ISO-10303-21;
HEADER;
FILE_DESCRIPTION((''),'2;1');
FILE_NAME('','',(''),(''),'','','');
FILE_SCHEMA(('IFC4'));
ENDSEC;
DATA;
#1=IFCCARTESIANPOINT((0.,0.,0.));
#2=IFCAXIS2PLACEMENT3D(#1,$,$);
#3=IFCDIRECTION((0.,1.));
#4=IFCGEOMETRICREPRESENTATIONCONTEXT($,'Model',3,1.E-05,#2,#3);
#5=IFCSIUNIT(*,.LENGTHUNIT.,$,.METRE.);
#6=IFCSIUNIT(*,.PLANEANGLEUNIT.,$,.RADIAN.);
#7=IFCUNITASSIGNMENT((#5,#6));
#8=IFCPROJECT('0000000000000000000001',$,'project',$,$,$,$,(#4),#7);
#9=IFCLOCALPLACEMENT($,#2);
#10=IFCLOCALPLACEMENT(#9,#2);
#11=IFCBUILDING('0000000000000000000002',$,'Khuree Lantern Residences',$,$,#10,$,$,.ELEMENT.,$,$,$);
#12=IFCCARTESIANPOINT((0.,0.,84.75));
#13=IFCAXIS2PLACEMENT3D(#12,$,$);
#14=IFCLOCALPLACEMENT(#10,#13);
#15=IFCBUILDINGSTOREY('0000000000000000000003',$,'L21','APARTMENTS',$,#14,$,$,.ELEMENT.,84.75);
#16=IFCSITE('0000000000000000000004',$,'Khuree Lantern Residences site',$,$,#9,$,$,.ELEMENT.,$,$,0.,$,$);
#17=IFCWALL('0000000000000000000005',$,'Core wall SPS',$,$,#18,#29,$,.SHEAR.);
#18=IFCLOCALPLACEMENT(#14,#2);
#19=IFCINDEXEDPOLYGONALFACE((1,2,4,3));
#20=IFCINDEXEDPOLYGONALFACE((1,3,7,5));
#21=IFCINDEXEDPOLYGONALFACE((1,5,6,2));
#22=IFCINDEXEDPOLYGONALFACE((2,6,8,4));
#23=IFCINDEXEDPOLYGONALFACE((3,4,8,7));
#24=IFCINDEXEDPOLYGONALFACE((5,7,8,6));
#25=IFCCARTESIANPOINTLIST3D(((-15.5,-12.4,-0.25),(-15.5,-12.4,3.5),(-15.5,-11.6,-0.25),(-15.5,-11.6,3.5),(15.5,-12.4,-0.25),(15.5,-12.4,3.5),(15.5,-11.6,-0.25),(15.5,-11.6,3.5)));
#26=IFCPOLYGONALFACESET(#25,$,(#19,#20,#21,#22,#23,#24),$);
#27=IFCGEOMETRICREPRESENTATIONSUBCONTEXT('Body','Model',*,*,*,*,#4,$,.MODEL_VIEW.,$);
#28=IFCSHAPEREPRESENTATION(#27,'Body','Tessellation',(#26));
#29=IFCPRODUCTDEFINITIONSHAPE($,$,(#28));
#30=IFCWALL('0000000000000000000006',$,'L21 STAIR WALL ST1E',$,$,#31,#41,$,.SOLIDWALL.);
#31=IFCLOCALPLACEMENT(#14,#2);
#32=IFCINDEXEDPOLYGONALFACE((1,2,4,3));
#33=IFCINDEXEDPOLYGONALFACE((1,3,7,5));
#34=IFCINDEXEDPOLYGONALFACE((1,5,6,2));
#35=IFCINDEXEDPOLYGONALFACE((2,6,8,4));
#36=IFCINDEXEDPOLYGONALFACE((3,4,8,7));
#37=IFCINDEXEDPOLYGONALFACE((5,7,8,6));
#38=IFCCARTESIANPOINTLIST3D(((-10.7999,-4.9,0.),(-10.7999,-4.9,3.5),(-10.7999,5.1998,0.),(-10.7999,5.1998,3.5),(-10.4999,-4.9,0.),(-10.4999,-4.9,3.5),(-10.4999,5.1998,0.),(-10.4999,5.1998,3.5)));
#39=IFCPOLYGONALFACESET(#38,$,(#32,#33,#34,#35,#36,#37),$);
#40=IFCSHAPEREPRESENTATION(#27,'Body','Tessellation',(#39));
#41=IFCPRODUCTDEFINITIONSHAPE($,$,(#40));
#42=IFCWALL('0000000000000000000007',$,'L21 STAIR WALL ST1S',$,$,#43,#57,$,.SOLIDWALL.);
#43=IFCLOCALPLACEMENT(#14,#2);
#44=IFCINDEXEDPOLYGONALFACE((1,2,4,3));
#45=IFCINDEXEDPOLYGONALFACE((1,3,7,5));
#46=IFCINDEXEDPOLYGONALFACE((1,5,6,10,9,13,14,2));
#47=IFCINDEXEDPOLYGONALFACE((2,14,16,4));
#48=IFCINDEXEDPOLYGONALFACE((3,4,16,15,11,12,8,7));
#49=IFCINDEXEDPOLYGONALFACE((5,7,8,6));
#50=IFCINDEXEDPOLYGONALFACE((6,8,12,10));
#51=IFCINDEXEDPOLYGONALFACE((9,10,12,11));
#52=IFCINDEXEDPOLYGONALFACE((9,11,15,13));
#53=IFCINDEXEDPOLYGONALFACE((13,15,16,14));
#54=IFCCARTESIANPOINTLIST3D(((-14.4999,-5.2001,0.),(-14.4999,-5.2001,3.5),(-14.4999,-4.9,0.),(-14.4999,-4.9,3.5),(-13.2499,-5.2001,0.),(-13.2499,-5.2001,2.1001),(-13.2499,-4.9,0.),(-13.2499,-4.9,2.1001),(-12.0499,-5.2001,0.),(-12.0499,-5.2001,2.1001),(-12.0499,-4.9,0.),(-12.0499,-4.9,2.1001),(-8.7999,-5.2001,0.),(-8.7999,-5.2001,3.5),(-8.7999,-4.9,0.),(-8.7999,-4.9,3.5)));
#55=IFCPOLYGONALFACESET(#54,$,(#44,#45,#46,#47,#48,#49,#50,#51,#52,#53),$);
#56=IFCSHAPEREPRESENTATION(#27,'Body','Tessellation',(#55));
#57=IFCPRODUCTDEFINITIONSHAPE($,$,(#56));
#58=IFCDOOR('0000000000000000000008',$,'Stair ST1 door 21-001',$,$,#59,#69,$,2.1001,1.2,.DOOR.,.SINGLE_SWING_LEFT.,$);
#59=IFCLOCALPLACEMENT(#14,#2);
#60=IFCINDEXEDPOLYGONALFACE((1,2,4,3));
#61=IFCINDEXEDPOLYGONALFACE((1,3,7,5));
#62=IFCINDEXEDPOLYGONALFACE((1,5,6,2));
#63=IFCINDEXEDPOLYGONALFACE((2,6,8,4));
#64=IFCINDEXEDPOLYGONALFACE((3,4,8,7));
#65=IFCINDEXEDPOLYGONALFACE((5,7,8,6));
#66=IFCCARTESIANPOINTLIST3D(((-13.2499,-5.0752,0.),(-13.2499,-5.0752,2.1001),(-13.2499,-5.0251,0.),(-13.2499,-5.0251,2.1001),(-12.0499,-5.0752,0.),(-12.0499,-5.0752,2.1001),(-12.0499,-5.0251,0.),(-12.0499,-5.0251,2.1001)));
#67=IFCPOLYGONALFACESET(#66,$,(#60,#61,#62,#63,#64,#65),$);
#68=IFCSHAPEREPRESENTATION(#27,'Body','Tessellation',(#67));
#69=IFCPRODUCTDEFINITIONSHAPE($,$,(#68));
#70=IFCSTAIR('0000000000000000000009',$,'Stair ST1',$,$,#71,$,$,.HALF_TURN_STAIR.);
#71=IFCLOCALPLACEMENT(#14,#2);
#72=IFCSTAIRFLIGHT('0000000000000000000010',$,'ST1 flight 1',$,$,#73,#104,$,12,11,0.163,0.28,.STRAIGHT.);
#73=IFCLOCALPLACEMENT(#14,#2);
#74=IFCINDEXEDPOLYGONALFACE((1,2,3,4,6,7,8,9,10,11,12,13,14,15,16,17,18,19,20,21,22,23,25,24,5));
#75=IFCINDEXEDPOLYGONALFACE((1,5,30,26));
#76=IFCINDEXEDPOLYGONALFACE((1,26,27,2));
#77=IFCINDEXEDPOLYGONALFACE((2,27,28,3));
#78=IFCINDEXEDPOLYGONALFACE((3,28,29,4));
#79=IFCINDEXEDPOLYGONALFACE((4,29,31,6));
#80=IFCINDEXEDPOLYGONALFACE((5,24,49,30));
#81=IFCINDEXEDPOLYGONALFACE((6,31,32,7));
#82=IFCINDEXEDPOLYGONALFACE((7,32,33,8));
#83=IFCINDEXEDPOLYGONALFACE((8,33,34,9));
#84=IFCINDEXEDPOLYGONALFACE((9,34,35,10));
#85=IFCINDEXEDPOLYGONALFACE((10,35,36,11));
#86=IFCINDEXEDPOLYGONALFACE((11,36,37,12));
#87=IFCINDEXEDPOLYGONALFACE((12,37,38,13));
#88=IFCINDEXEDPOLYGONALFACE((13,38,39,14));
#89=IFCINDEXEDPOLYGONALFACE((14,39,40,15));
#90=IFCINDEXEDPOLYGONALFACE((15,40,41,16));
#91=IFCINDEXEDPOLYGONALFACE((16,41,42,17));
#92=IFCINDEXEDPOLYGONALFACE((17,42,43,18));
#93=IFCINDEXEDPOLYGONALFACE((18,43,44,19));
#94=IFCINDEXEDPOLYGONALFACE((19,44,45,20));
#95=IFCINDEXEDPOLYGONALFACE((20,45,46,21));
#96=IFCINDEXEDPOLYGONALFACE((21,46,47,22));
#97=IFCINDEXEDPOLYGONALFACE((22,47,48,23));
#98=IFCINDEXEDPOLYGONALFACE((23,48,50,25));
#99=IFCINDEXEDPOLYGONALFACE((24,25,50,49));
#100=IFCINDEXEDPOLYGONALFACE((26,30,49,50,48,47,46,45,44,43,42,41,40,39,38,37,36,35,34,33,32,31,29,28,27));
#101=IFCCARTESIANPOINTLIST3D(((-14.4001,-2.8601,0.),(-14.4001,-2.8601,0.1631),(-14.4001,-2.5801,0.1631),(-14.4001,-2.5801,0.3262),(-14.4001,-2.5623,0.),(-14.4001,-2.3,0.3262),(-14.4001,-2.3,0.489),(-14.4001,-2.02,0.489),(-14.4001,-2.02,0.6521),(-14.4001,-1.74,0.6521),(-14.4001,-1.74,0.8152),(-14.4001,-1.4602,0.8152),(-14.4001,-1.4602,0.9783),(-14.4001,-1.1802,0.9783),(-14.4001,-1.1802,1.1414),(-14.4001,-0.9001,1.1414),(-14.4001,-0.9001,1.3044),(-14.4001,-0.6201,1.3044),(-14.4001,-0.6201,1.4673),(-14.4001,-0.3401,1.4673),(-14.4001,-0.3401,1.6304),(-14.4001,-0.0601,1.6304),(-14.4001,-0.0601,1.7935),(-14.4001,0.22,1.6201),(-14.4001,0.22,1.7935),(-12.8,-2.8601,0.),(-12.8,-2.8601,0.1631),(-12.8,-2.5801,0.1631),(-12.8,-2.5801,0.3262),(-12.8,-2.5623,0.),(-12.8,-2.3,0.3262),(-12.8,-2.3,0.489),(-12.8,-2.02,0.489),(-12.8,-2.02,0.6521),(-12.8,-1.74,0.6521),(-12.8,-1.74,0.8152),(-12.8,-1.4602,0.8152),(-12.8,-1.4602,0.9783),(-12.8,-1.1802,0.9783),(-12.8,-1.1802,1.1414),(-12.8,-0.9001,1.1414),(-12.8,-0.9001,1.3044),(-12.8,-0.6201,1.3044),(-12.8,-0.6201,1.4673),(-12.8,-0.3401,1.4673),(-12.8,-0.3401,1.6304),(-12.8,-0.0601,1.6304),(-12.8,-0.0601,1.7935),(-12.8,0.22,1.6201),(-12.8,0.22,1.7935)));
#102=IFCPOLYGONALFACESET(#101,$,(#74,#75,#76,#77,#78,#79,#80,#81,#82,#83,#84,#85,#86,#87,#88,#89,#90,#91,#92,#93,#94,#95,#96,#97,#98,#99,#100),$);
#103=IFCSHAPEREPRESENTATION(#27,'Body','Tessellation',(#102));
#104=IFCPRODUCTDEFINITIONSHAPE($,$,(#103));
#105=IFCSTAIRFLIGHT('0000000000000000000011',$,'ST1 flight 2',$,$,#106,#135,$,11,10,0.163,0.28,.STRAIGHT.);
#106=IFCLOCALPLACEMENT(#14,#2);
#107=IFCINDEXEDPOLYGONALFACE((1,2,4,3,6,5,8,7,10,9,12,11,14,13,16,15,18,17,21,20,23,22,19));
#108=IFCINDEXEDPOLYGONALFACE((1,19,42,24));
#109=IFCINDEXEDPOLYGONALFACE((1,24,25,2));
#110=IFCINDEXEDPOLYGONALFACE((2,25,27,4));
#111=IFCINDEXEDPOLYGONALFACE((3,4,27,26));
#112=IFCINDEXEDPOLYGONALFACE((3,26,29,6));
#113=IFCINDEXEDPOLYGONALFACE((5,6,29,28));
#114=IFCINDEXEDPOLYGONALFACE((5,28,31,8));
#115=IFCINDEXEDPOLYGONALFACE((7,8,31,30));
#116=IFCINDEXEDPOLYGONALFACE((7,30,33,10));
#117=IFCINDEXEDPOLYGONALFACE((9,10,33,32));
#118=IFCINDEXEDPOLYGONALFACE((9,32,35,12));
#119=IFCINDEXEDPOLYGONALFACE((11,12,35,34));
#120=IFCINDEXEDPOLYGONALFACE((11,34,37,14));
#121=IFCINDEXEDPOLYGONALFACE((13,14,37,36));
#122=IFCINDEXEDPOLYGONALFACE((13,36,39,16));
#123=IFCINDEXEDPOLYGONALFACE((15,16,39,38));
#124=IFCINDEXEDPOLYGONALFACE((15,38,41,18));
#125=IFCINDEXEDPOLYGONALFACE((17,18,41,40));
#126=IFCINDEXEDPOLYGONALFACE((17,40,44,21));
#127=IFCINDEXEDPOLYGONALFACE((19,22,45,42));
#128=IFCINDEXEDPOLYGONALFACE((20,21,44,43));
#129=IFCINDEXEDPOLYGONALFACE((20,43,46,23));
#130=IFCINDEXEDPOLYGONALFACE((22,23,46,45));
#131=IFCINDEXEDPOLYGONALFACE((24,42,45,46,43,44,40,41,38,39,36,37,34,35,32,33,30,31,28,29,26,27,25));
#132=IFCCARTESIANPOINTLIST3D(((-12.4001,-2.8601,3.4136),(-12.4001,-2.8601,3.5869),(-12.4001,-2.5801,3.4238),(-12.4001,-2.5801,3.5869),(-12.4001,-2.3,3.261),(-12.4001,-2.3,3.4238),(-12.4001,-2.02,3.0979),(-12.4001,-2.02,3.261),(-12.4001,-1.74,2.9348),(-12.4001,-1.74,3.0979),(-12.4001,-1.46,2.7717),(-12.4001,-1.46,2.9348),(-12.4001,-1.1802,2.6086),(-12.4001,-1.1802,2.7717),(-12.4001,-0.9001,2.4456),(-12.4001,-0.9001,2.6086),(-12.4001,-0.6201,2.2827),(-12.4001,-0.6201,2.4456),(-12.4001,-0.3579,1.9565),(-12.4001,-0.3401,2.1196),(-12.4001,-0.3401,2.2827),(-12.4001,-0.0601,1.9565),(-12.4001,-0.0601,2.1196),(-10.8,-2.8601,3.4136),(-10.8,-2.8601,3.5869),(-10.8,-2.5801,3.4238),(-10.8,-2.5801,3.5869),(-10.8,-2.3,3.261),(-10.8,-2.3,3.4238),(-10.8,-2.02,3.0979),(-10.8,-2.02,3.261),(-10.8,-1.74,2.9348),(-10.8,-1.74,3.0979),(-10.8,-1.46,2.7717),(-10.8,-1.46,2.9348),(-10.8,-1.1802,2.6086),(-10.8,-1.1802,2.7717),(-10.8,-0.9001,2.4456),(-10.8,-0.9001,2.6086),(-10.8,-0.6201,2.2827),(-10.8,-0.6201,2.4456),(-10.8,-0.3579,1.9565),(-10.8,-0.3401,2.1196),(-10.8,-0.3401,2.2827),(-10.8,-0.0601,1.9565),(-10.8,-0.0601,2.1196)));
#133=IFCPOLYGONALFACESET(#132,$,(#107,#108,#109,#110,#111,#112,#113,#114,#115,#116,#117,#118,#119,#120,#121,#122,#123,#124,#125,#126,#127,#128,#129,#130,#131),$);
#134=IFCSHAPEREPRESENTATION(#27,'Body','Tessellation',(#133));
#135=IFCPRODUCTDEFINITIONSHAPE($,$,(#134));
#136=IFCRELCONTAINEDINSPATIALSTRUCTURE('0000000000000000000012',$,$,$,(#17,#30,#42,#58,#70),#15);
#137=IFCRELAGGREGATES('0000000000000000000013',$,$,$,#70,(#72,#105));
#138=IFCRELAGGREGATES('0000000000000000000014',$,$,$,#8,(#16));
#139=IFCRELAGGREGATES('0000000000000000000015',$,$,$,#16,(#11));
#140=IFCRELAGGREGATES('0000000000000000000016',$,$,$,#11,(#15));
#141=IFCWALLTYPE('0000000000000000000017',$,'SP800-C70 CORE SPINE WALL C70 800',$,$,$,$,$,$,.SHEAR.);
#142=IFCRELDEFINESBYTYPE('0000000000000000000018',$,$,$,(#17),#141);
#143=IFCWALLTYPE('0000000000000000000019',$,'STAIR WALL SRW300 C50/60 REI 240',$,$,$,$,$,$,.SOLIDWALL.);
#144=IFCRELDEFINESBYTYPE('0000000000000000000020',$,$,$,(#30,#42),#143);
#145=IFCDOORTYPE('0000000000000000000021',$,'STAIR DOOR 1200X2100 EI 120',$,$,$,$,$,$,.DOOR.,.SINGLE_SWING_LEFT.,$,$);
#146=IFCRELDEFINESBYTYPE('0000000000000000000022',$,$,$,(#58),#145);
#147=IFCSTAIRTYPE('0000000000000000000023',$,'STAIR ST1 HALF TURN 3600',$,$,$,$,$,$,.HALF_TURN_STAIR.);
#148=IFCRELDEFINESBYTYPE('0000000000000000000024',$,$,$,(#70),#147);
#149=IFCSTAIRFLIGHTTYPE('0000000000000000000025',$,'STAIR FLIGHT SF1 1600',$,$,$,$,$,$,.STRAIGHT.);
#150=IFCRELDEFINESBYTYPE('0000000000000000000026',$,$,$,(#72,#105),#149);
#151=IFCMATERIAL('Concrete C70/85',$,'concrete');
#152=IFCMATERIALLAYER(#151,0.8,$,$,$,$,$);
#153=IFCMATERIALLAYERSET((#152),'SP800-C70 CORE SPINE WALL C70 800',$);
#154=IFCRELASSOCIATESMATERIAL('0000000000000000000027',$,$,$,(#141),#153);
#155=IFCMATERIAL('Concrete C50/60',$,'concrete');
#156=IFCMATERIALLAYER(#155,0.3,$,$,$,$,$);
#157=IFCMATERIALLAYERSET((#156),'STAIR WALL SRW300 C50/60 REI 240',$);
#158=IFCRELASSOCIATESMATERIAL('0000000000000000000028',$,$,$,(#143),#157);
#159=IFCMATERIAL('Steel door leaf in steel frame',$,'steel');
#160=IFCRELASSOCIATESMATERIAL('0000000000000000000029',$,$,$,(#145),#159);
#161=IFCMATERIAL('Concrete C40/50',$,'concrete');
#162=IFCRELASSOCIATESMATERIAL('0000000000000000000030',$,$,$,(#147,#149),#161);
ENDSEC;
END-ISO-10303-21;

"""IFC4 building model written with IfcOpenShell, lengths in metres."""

from ifc_helpers import new_model, si_unit, direction, frame, frame_2d, origin, place, context, subcontext, project, spatial, polyline, rectangle, outline, extrude, material, layer, layer_set, type_object, element, fill, aggregate, save


model = new_model("IFC4")

# Units and contexts
model_context = context("Model", 3, precision=1e-05, world=origin(), true_north=direction((0.0, 1.0)))
body_context = subcontext(model_context, "Body", "Model", "MODEL_VIEW")
ifc_project = project(units=[si_unit("LENGTHUNIT", "METRE"), si_unit("PLANEANGLEUNIT", "RADIAN")], contexts=[model_context])

# Site, building, storey
site_placement = place(None, origin())
site = spatial("IfcSite", under=ifc_project, at=site_placement, Name="Khuree Lantern Residences site", CompositionType="ELEMENT", RefElevation=0.0)
building_placement = place(site_placement, origin())
building = spatial("IfcBuilding", under=site, at=building_placement, Name="Khuree Lantern Residences", CompositionType="ELEMENT")
storey_placement = place(building_placement, frame((0.0, 0.0, 84.75)))
storey = spatial("IfcBuildingStorey", under=building, at=storey_placement, Name="L21", Description="APARTMENTS", CompositionType="ELEMENT", Elevation=84.75)

# Shared definitions
ifc_material_1 = material(Name="Concrete C70/85", Category="concrete")

# Shared definitions
ifc_material_2 = material(Name="Steel door leaf in steel frame", Category="steel")

# Walls
ifc_layer_1 = layer(ifc_material_1, 0.8)
ifc_layer_set_1 = layer_set([ifc_layer_1], Name="SP800-C70 CORE SPINE WALL C70 800")
wall_type_1 = type_object("IfcWallType", Name="SP800-C70 CORE SPINE WALL C70 800", PredefinedType="SHEAR", material=ifc_layer_set_1)
wall_1_placement = place(storey_placement, frame((-15.5, -12.0, -0.25), z_axis=(0.0, 0.0, 1.0), x_axis=(1.0, 0.0, 0.0)))
element("IfcWall", 1, at=wall_1_placement, inside=storey, type_object=wall_type_1, Name="Core wall SPS", PredefinedType="SHEAR", context=body_context, shape_type="SweptSolid", body=[
    extrude(rectangle(XDim=31.0, YDim=0.8, at=frame_2d((15.5, 0.0))), origin(), (0.0, 0.0, 1.0), 3.75),
])
ifc_material_3 = material(Name="Concrete C50/60", Category="concrete")
ifc_layer_2 = layer(ifc_material_3, 0.3)
ifc_layer_set_2 = layer_set([ifc_layer_2], Name="STAIR WALL SRW300 C50/60 REI 240")
wall_type_2 = type_object("IfcWallType", Name="STAIR WALL SRW300 C50/60 REI 240", PredefinedType="SOLIDWALL", material=ifc_layer_set_2)
wall_2_placement = place(storey_placement, frame((-10.6499, -4.8999, 0.0), z_axis=(0.0, 0.0, 1.0), x_axis=(0.0, 1.0, 0.0)))
element("IfcWall", 2, at=wall_2_placement, inside=storey, type_object=wall_type_2, Name="L21 STAIR WALL ST1E", PredefinedType="SOLIDWALL", context=body_context, shape_type="SweptSolid", body=[
    extrude(rectangle(XDim=10.0999, YDim=0.3, at=frame_2d((5.0498, 0.0))), origin(), (0.0, 0.0, 1.0), 3.5),
])

# Wall, opening, door
wall_3_placement = place(storey_placement, frame((-14.5, -5.05, 0.0), z_axis=(0.0, 0.0, 1.0), x_axis=(1.0, 0.0, 0.0)))
wall_3 = element("IfcWall", 3, at=wall_3_placement, inside=storey, type_object=wall_type_2, Name="L21 STAIR WALL ST1S", PredefinedType="SOLIDWALL", context=body_context, shape_type="SweptSolid", body=[
    extrude(rectangle(XDim=5.7, YDim=0.3, at=frame_2d((2.8501, 0.0))), origin(), (0.0, 0.0, 1.0), 3.5),
])
opening_1_placement = place(wall_3_placement, frame((1.25, 0.0, 0.0)))
opening_1 = element("IfcOpeningElement", 4, at=opening_1_placement, cuts=wall_3, PredefinedType="OPENING", context=body_context, shape_type="SweptSolid", body=[
    extrude(rectangle(XDim=1.2, YDim=2.1001, at=frame_2d((0.6001, 1.05))), frame((0.0, 0.1602, 0.0), z_axis=(0.0, -1.0, 0.0), x_axis=(1.0, 0.0, 0.0)), (0.0, 0.0, 1.0), 0.3201),
])
door_type_1 = type_object("IfcDoorType", Name="STAIR DOOR 1200X2100 EI 120", OperationType="SINGLE_SWING_LEFT", PredefinedType="DOOR", material=ifc_material_2)
door_1_placement = place(opening_1_placement, origin())
door_1 = element("IfcDoor", 5, at=door_1_placement, inside=storey, type_object=door_type_1, Name="Stair ST1 door 21-001", OperationType="SINGLE_SWING_LEFT", OverallHeight=2.1001, OverallWidth=1.2, PredefinedType="DOOR", context=body_context, shape_type="SweptSolid", body=[
    extrude(rectangle(XDim=1.2, YDim=2.1001, at=frame_2d((0.6001, 1.05))), frame((0.0, 0.0249, 0.0), z_axis=(0.0, -1.0, 0.0), x_axis=(1.0, 0.0, 0.0)), (0.0, 0.0, 1.0), 0.05),
])
fill(opening_1, door_1)

# Stair, stair flights
ifc_material_4 = material(Name="Concrete C40/50", Category="concrete")
stair_type = type_object("IfcStairType", Name="STAIR ST1 HALF TURN 3600", PredefinedType="HALF_TURN_STAIR", material=ifc_material_4)
stair_placement = place(storey_placement, origin())
stair = element("IfcStair", 6, at=stair_placement, inside=storey, type_object=stair_type, Name="Stair ST1", PredefinedType="HALF_TURN_STAIR")
stair_flight_type = type_object("IfcStairFlightType", Name="STAIR FLIGHT SF1 1600", PredefinedType="STRAIGHT", material=ifc_material_4)
stair_flight_1_placement = place(storey_placement, frame((-13.6001, -2.8601, 0.0), z_axis=(0.0, 0.0, 1.0), x_axis=(0.0, 1.0, 0.0)))
stair_flight_1 = element("IfcStairFlight", 7, at=stair_flight_1_placement, type_object=stair_flight_type, Name="ST1 flight 1", NumberOfRisers=12, NumberOfTreads=11, PredefinedType="STRAIGHT", RiserHeight=0.163, TreadLength=0.28, context=body_context, shape_type="SweptSolid", body=[
    extrude(outline(polyline([(0.0, 0.0), (0.0, 0.1631), (0.28, 0.1631), (0.28, 0.3262), (0.5601, 0.3262), (0.5601, 0.489), (0.8401, 0.489), (0.8401, 0.6521), (1.1201, 0.6521), (1.1201, 0.8152), (1.3999, 0.8152), (1.3999, 0.9783), (1.6799, 0.9783), (1.6799, 1.1414), (1.96, 1.1414), (1.96, 1.3044), (2.24, 1.3044), (2.24, 1.4673), (2.52, 1.4673), (2.52, 1.6304), (2.8, 1.6304), (2.8, 1.7935), (3.0801, 1.7935), (3.0801, 1.9565), (3.0801, 1.6201), (0.2979, 0.0), (0.0, 0.0)])), frame((0.0, 0.8, 0.0), z_axis=(0.0, -1.0, 0.0), x_axis=(1.0, 0.0, 0.0)), (0.0, 0.0, 1.0), 1.6001),
])
stair_flight_2_placement = place(storey_placement, frame((-11.6001, -0.0601, 1.9565), z_axis=(0.0, 0.0, 1.0), x_axis=(0.0, -1.0, 0.0)))
stair_flight_2 = element("IfcStairFlight", 8, at=stair_flight_2_placement, type_object=stair_flight_type, Name="ST1 flight 2", NumberOfRisers=11, NumberOfTreads=10, PredefinedType="STRAIGHT", RiserHeight=0.163, TreadLength=0.28, context=body_context, shape_type="SweptSolid", body=[
    extrude(outline(polyline([(0.0, 0.0), (0.0, 0.1631), (0.28, 0.1631), (0.28, 0.3262), (0.5601, 0.3262), (0.5601, 0.489), (0.8401, 0.489), (0.8401, 0.6521), (1.1201, 0.6521), (1.1201, 0.8152), (1.3999, 0.8152), (1.3999, 0.9783), (1.6799, 0.9783), (1.6799, 1.1414), (1.96, 1.1414), (1.96, 1.3044), (2.24, 1.3044), (2.24, 1.4673), (2.52, 1.4673), (2.52, 1.6304), (2.8, 1.6304), (2.8, 1.7935), (2.8, 1.457), (0.2979, 0.0), (0.0, 0.0)])), frame((0.0, 0.8, 0.0), z_axis=(0.0, -1.0, 0.0), x_axis=(1.0, 0.0, 0.0)), (0.0, 0.0, 1.0), 1.6001),
])
aggregate(stair, [stair_flight_1, stair_flight_2])

save(model, "model.ifc")
